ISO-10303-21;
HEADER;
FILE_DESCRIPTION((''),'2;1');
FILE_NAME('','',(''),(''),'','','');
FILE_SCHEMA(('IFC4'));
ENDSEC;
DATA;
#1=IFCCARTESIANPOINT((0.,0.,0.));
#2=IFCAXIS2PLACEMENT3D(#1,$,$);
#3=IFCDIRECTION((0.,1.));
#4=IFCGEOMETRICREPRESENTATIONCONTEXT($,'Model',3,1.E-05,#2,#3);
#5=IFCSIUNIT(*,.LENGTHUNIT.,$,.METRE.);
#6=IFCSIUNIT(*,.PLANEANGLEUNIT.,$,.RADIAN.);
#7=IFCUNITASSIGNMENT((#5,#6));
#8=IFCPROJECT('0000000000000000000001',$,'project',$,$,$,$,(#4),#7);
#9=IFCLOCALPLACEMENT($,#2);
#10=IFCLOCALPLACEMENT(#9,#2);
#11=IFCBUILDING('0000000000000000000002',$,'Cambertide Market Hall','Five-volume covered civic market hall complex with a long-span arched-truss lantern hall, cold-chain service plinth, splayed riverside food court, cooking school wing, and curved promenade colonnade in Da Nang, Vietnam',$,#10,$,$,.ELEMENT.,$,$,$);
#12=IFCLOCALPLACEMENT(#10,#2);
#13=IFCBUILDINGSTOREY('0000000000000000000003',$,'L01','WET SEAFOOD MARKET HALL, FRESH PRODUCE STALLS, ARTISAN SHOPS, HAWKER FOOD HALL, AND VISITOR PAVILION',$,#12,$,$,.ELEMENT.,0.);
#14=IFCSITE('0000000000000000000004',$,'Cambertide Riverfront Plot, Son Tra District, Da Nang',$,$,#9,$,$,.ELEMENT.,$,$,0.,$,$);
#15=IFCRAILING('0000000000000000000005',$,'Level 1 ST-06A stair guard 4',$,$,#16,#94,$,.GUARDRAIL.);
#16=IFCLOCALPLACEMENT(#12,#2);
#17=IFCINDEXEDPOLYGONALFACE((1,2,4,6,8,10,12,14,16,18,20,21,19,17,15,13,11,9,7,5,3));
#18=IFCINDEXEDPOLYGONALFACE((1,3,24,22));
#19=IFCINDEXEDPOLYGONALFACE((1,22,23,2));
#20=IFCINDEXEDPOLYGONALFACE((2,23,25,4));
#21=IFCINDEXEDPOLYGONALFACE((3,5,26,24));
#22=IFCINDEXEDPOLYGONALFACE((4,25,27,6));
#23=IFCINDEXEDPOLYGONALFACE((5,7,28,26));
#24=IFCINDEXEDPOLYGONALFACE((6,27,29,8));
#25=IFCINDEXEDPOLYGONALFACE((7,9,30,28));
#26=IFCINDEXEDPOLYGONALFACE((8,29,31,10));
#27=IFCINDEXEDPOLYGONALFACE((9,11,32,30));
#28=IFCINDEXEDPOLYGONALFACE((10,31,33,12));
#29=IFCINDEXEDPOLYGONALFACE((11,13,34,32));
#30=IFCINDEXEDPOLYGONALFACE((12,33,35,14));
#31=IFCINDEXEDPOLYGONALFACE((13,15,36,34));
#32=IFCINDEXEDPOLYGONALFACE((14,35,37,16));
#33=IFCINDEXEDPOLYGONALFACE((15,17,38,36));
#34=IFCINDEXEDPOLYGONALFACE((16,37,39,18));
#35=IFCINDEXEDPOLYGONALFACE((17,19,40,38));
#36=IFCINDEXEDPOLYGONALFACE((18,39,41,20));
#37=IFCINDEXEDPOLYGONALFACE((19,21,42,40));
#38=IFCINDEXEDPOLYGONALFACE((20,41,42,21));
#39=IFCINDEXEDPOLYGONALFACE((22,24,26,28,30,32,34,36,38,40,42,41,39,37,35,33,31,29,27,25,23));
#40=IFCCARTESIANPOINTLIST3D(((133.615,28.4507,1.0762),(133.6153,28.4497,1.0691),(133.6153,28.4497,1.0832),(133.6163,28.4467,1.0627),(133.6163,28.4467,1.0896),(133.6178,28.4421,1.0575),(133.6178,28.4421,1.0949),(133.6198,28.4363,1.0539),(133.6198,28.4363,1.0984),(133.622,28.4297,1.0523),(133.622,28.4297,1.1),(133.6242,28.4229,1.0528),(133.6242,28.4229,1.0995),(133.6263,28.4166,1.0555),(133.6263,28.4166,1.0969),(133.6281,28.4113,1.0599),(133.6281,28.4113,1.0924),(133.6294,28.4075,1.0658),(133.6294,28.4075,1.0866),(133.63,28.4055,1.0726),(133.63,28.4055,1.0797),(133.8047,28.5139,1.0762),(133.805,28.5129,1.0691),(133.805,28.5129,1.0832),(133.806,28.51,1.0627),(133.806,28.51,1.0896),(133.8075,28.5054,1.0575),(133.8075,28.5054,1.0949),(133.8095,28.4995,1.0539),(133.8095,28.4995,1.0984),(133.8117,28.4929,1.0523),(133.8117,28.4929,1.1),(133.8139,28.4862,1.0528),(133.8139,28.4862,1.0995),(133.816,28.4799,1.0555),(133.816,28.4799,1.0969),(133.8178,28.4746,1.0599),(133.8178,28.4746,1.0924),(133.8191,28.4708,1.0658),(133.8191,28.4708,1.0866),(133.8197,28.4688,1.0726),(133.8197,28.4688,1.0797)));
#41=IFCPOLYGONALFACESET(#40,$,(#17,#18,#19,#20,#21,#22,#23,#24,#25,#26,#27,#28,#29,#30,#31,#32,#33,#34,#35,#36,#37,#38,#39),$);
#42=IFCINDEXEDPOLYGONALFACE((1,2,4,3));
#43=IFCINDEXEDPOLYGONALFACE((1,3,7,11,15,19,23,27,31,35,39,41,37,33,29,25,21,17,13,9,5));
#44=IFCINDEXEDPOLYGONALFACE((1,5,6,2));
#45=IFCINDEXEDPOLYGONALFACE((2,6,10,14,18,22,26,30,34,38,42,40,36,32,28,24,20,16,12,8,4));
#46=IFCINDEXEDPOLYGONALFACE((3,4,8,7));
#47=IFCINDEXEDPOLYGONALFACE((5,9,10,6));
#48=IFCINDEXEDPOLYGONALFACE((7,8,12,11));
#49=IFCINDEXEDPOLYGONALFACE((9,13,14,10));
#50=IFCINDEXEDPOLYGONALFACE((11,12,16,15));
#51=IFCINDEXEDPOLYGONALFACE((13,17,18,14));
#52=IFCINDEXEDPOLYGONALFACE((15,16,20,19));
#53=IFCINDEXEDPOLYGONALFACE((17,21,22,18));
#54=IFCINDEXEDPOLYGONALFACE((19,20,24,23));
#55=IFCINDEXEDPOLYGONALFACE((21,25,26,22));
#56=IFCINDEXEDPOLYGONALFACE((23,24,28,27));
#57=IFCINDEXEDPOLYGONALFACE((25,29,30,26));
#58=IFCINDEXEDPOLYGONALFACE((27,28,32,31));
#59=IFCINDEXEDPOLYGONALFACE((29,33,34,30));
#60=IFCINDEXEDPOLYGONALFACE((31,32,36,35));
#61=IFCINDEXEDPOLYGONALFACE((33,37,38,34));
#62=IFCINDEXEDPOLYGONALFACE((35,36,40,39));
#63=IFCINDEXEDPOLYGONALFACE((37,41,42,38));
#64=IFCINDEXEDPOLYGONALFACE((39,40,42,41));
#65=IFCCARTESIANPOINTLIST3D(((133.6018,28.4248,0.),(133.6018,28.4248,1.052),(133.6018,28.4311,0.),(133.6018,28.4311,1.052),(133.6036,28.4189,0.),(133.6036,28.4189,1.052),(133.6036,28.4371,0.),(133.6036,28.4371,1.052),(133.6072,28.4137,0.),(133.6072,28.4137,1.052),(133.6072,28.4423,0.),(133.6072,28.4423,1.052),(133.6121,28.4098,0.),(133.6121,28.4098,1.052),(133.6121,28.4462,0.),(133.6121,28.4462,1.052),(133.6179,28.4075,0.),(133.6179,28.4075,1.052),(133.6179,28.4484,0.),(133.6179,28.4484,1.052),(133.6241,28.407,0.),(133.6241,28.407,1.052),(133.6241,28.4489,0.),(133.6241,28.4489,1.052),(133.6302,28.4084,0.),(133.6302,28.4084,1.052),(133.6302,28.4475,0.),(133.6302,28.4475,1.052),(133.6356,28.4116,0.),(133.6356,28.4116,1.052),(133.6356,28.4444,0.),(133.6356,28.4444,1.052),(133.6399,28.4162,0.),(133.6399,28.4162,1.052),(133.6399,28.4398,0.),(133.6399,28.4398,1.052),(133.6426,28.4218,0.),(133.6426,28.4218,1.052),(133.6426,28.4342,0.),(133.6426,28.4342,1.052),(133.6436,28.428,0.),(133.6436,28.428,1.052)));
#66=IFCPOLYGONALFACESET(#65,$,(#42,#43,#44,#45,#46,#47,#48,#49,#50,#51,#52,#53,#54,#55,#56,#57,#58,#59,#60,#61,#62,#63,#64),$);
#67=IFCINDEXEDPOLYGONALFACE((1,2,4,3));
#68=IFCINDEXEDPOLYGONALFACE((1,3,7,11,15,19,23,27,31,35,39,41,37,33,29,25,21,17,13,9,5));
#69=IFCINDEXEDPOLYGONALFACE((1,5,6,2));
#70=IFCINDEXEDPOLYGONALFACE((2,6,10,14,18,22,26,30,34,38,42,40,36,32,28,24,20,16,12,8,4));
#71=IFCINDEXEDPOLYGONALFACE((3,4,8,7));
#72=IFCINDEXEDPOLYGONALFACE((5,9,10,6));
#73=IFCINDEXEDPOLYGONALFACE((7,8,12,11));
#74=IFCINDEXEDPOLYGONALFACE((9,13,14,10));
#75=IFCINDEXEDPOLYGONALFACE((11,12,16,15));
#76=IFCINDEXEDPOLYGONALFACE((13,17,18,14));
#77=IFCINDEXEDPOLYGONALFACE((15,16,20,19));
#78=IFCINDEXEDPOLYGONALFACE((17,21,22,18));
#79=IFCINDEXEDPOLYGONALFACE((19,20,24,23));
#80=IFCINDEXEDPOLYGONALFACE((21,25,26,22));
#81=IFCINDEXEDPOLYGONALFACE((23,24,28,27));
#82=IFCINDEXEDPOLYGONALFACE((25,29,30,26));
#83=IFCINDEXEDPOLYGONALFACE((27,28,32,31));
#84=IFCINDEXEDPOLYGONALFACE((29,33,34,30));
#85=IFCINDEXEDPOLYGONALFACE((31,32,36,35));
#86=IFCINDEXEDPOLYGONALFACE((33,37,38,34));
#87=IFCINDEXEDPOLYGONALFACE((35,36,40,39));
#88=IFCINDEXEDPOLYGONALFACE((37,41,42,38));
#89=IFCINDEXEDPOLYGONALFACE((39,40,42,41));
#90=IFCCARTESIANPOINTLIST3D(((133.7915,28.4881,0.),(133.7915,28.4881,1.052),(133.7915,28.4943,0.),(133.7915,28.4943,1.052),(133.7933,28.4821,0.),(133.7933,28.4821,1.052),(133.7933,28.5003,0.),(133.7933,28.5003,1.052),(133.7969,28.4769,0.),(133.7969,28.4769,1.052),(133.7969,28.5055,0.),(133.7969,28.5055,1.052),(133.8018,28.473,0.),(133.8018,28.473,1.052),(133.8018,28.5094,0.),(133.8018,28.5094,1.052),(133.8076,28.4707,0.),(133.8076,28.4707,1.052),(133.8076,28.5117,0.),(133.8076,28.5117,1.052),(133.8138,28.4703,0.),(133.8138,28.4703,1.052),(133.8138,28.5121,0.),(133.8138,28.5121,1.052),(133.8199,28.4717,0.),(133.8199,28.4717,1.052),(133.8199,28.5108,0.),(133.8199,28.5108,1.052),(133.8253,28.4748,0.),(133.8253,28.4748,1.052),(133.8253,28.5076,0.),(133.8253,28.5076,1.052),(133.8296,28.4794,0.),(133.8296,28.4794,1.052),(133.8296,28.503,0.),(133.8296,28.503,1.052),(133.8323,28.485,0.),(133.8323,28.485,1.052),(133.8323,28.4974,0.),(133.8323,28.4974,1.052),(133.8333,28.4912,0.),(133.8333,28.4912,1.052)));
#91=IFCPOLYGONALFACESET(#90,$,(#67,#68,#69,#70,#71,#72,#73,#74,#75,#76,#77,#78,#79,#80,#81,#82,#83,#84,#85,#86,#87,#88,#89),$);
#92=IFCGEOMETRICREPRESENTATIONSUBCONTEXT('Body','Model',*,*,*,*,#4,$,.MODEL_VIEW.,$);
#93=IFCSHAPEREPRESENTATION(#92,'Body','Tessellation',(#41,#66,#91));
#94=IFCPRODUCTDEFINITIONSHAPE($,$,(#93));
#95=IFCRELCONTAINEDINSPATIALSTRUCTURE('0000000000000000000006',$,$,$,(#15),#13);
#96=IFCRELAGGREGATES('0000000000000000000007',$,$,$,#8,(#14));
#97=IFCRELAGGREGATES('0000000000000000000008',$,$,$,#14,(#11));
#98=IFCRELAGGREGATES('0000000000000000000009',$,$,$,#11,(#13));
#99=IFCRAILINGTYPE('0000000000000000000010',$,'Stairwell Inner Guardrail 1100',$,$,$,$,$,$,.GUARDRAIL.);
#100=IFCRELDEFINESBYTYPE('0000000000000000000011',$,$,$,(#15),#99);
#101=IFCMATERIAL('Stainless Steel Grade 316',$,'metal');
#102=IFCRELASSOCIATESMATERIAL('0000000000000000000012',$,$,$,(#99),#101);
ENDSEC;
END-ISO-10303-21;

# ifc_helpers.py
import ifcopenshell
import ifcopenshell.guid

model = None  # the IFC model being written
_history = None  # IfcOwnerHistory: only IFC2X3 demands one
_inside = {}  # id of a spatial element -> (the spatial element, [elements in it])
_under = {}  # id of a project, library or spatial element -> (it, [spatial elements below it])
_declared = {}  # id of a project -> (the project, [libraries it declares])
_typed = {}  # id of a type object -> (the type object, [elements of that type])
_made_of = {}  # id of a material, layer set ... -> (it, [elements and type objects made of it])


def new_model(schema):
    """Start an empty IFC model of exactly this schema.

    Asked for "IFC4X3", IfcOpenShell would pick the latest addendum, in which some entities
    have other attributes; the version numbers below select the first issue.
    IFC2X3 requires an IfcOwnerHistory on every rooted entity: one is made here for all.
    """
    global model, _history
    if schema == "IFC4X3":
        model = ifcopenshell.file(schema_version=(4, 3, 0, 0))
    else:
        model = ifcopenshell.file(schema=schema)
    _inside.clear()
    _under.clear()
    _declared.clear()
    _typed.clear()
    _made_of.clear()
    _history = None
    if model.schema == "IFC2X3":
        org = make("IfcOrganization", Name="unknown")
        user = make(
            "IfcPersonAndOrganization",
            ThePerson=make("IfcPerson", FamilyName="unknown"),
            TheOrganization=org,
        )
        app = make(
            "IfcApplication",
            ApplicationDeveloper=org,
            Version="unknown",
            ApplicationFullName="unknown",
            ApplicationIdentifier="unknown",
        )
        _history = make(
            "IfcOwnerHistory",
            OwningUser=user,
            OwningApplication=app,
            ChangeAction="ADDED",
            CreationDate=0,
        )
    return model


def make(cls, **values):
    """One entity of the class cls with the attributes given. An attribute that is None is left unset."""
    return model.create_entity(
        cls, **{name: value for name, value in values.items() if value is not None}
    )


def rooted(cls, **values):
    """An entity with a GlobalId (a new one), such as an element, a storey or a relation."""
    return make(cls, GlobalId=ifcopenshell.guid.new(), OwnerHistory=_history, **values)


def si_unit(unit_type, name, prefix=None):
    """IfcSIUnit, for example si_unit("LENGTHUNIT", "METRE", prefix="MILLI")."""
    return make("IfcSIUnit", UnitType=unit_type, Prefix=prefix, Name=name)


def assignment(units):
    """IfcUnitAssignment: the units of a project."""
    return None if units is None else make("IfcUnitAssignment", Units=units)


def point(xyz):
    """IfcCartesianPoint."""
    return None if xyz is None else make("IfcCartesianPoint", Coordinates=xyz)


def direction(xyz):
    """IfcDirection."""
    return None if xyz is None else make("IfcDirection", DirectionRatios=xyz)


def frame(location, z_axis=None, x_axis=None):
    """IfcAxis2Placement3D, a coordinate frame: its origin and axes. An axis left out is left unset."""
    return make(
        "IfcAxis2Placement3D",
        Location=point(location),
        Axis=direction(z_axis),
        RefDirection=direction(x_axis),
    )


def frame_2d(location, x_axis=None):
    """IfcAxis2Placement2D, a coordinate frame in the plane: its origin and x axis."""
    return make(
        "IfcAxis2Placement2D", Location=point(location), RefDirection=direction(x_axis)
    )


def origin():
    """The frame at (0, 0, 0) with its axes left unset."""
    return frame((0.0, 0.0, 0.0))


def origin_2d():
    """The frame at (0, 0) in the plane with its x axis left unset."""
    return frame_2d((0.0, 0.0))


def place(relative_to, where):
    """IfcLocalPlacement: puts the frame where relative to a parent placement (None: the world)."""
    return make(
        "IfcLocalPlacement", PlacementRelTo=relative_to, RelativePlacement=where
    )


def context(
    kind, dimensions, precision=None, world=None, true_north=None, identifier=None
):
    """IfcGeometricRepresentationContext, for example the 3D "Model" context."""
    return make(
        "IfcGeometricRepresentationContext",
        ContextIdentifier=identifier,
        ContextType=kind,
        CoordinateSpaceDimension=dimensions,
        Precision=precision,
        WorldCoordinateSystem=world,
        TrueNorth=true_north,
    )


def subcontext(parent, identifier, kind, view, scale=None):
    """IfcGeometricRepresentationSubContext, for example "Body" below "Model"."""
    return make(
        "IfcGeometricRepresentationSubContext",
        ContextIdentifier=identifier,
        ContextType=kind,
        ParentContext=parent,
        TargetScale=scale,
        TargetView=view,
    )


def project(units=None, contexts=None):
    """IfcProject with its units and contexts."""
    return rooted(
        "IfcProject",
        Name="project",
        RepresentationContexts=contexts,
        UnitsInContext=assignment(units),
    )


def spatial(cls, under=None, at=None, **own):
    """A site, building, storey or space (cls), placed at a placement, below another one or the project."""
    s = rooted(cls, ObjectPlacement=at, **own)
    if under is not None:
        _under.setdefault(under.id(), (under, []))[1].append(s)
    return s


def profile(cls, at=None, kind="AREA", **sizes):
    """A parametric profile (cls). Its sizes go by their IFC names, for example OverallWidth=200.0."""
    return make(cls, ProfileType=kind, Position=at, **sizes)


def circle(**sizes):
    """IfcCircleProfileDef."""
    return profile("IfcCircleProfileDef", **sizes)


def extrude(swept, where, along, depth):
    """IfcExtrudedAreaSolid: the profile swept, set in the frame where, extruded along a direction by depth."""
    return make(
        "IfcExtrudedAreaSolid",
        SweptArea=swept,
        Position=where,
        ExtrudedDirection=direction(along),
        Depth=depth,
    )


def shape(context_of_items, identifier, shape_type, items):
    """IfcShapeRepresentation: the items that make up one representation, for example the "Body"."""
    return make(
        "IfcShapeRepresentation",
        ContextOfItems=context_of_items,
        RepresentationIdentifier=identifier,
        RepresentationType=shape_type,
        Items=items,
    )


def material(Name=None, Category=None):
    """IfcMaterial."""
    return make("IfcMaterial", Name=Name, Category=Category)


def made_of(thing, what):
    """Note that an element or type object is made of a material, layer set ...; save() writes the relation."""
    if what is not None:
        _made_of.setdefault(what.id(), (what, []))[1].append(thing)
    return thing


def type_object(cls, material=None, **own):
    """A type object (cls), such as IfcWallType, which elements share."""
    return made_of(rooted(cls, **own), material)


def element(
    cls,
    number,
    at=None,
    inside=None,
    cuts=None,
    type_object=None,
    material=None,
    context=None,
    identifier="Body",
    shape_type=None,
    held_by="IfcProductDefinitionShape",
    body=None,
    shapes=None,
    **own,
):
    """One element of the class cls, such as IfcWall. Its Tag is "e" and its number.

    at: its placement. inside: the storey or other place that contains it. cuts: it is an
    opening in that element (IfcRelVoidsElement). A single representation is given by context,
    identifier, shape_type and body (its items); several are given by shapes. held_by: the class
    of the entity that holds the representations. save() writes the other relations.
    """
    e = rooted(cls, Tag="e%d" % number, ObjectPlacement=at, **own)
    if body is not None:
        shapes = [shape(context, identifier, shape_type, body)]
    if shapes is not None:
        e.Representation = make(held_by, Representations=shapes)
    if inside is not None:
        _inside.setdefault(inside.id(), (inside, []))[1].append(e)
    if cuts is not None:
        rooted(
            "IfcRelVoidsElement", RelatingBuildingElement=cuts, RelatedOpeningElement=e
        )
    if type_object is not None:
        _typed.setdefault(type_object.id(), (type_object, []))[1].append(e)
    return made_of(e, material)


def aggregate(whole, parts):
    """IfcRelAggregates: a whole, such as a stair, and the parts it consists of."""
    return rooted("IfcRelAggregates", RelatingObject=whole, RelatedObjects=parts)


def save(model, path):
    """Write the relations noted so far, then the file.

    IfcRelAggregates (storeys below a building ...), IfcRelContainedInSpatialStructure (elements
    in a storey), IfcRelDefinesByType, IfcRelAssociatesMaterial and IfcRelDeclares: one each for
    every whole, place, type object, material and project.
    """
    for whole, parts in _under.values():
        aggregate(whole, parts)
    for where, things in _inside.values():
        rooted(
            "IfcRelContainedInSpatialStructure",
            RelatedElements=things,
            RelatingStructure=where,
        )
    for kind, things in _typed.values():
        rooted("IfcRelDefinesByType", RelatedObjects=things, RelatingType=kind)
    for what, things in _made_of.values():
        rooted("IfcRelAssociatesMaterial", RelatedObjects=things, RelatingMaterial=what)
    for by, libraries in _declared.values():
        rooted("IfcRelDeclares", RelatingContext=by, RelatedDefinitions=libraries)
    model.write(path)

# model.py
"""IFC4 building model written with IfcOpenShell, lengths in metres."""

from ifc_helpers import new_model, si_unit, direction, frame, origin, origin_2d, place, context, subcontext, project, spatial, circle, extrude, material, type_object, element, save


model = new_model("IFC4")

# Units and contexts
model_context = context("Model", 3, precision=1e-05, world=origin(), true_north=direction((0.0, 1.0)))
body_context = subcontext(model_context, "Body", "Model", "MODEL_VIEW")
ifc_project = project(units=[si_unit("LENGTHUNIT", "METRE"), si_unit("PLANEANGLEUNIT", "RADIAN")], contexts=[model_context])

# Site, building, storey
site_placement = place(None, origin())
site = spatial("IfcSite", under=ifc_project, at=site_placement, Name="Cambertide Riverfront Plot, Son Tra District, Da Nang", CompositionType="ELEMENT", RefElevation=0.0)
building_placement = place(site_placement, origin())
building = spatial("IfcBuilding", under=site, at=building_placement, Name="Cambertide Market Hall", Description="Five-volume covered civic market hall complex with a long-span arched-truss lantern hall, cold-chain service plinth, splayed riverside food court, cooking school wing, and curved promenade colonnade in Da Nang, Vietnam", CompositionType="ELEMENT")
storey_placement = place(building_placement, origin())
storey = spatial("IfcBuildingStorey", under=building, at=storey_placement, Name="L01", Description="WET SEAFOOD MARKET HALL, FRESH PRODUCE STALLS, ARTISAN SHOPS, HAWKER FOOD HALL, AND VISITOR PAVILION", CompositionType="ELEMENT", Elevation=0.0)

# Railing
ifc_material_1 = material(Name="Stainless Steel Grade 316", Category="metal")
railing_type_1 = type_object("IfcRailingType", Name="Stairwell Inner Guardrail 1100", PredefinedType="GUARDRAIL", material=ifc_material_1)
railing_1_placement = place(storey_placement, frame((133.6226, 28.428, 0.0)))
element("IfcRailing", 1, at=railing_1_placement, inside=storey, type_object=railing_type_1, Name="Level 1 ST-06A stair guard 4", PredefinedType="GUARDRAIL", context=body_context, shape_type="SweptSolid", body=[
    extrude(circle(Radius=0.0239, at=origin_2d()), frame((0.0, 0.0, 1.0762), z_axis=(0.948683, 0.316228, 0.0), x_axis=(-0.316228, 0.948683, 0.0)), (0.0, 0.0, 1.0), 0.2),
    extrude(circle(Radius=0.021, at=origin_2d()), origin(), (0.0, 0.0, 1.0), 1.052),
    extrude(circle(Radius=0.021, at=origin_2d()), frame((0.1897, 0.0632, 0.0)), (0.0, 0.0, 1.0), 1.052),
])

save(model, "model.ifc")
